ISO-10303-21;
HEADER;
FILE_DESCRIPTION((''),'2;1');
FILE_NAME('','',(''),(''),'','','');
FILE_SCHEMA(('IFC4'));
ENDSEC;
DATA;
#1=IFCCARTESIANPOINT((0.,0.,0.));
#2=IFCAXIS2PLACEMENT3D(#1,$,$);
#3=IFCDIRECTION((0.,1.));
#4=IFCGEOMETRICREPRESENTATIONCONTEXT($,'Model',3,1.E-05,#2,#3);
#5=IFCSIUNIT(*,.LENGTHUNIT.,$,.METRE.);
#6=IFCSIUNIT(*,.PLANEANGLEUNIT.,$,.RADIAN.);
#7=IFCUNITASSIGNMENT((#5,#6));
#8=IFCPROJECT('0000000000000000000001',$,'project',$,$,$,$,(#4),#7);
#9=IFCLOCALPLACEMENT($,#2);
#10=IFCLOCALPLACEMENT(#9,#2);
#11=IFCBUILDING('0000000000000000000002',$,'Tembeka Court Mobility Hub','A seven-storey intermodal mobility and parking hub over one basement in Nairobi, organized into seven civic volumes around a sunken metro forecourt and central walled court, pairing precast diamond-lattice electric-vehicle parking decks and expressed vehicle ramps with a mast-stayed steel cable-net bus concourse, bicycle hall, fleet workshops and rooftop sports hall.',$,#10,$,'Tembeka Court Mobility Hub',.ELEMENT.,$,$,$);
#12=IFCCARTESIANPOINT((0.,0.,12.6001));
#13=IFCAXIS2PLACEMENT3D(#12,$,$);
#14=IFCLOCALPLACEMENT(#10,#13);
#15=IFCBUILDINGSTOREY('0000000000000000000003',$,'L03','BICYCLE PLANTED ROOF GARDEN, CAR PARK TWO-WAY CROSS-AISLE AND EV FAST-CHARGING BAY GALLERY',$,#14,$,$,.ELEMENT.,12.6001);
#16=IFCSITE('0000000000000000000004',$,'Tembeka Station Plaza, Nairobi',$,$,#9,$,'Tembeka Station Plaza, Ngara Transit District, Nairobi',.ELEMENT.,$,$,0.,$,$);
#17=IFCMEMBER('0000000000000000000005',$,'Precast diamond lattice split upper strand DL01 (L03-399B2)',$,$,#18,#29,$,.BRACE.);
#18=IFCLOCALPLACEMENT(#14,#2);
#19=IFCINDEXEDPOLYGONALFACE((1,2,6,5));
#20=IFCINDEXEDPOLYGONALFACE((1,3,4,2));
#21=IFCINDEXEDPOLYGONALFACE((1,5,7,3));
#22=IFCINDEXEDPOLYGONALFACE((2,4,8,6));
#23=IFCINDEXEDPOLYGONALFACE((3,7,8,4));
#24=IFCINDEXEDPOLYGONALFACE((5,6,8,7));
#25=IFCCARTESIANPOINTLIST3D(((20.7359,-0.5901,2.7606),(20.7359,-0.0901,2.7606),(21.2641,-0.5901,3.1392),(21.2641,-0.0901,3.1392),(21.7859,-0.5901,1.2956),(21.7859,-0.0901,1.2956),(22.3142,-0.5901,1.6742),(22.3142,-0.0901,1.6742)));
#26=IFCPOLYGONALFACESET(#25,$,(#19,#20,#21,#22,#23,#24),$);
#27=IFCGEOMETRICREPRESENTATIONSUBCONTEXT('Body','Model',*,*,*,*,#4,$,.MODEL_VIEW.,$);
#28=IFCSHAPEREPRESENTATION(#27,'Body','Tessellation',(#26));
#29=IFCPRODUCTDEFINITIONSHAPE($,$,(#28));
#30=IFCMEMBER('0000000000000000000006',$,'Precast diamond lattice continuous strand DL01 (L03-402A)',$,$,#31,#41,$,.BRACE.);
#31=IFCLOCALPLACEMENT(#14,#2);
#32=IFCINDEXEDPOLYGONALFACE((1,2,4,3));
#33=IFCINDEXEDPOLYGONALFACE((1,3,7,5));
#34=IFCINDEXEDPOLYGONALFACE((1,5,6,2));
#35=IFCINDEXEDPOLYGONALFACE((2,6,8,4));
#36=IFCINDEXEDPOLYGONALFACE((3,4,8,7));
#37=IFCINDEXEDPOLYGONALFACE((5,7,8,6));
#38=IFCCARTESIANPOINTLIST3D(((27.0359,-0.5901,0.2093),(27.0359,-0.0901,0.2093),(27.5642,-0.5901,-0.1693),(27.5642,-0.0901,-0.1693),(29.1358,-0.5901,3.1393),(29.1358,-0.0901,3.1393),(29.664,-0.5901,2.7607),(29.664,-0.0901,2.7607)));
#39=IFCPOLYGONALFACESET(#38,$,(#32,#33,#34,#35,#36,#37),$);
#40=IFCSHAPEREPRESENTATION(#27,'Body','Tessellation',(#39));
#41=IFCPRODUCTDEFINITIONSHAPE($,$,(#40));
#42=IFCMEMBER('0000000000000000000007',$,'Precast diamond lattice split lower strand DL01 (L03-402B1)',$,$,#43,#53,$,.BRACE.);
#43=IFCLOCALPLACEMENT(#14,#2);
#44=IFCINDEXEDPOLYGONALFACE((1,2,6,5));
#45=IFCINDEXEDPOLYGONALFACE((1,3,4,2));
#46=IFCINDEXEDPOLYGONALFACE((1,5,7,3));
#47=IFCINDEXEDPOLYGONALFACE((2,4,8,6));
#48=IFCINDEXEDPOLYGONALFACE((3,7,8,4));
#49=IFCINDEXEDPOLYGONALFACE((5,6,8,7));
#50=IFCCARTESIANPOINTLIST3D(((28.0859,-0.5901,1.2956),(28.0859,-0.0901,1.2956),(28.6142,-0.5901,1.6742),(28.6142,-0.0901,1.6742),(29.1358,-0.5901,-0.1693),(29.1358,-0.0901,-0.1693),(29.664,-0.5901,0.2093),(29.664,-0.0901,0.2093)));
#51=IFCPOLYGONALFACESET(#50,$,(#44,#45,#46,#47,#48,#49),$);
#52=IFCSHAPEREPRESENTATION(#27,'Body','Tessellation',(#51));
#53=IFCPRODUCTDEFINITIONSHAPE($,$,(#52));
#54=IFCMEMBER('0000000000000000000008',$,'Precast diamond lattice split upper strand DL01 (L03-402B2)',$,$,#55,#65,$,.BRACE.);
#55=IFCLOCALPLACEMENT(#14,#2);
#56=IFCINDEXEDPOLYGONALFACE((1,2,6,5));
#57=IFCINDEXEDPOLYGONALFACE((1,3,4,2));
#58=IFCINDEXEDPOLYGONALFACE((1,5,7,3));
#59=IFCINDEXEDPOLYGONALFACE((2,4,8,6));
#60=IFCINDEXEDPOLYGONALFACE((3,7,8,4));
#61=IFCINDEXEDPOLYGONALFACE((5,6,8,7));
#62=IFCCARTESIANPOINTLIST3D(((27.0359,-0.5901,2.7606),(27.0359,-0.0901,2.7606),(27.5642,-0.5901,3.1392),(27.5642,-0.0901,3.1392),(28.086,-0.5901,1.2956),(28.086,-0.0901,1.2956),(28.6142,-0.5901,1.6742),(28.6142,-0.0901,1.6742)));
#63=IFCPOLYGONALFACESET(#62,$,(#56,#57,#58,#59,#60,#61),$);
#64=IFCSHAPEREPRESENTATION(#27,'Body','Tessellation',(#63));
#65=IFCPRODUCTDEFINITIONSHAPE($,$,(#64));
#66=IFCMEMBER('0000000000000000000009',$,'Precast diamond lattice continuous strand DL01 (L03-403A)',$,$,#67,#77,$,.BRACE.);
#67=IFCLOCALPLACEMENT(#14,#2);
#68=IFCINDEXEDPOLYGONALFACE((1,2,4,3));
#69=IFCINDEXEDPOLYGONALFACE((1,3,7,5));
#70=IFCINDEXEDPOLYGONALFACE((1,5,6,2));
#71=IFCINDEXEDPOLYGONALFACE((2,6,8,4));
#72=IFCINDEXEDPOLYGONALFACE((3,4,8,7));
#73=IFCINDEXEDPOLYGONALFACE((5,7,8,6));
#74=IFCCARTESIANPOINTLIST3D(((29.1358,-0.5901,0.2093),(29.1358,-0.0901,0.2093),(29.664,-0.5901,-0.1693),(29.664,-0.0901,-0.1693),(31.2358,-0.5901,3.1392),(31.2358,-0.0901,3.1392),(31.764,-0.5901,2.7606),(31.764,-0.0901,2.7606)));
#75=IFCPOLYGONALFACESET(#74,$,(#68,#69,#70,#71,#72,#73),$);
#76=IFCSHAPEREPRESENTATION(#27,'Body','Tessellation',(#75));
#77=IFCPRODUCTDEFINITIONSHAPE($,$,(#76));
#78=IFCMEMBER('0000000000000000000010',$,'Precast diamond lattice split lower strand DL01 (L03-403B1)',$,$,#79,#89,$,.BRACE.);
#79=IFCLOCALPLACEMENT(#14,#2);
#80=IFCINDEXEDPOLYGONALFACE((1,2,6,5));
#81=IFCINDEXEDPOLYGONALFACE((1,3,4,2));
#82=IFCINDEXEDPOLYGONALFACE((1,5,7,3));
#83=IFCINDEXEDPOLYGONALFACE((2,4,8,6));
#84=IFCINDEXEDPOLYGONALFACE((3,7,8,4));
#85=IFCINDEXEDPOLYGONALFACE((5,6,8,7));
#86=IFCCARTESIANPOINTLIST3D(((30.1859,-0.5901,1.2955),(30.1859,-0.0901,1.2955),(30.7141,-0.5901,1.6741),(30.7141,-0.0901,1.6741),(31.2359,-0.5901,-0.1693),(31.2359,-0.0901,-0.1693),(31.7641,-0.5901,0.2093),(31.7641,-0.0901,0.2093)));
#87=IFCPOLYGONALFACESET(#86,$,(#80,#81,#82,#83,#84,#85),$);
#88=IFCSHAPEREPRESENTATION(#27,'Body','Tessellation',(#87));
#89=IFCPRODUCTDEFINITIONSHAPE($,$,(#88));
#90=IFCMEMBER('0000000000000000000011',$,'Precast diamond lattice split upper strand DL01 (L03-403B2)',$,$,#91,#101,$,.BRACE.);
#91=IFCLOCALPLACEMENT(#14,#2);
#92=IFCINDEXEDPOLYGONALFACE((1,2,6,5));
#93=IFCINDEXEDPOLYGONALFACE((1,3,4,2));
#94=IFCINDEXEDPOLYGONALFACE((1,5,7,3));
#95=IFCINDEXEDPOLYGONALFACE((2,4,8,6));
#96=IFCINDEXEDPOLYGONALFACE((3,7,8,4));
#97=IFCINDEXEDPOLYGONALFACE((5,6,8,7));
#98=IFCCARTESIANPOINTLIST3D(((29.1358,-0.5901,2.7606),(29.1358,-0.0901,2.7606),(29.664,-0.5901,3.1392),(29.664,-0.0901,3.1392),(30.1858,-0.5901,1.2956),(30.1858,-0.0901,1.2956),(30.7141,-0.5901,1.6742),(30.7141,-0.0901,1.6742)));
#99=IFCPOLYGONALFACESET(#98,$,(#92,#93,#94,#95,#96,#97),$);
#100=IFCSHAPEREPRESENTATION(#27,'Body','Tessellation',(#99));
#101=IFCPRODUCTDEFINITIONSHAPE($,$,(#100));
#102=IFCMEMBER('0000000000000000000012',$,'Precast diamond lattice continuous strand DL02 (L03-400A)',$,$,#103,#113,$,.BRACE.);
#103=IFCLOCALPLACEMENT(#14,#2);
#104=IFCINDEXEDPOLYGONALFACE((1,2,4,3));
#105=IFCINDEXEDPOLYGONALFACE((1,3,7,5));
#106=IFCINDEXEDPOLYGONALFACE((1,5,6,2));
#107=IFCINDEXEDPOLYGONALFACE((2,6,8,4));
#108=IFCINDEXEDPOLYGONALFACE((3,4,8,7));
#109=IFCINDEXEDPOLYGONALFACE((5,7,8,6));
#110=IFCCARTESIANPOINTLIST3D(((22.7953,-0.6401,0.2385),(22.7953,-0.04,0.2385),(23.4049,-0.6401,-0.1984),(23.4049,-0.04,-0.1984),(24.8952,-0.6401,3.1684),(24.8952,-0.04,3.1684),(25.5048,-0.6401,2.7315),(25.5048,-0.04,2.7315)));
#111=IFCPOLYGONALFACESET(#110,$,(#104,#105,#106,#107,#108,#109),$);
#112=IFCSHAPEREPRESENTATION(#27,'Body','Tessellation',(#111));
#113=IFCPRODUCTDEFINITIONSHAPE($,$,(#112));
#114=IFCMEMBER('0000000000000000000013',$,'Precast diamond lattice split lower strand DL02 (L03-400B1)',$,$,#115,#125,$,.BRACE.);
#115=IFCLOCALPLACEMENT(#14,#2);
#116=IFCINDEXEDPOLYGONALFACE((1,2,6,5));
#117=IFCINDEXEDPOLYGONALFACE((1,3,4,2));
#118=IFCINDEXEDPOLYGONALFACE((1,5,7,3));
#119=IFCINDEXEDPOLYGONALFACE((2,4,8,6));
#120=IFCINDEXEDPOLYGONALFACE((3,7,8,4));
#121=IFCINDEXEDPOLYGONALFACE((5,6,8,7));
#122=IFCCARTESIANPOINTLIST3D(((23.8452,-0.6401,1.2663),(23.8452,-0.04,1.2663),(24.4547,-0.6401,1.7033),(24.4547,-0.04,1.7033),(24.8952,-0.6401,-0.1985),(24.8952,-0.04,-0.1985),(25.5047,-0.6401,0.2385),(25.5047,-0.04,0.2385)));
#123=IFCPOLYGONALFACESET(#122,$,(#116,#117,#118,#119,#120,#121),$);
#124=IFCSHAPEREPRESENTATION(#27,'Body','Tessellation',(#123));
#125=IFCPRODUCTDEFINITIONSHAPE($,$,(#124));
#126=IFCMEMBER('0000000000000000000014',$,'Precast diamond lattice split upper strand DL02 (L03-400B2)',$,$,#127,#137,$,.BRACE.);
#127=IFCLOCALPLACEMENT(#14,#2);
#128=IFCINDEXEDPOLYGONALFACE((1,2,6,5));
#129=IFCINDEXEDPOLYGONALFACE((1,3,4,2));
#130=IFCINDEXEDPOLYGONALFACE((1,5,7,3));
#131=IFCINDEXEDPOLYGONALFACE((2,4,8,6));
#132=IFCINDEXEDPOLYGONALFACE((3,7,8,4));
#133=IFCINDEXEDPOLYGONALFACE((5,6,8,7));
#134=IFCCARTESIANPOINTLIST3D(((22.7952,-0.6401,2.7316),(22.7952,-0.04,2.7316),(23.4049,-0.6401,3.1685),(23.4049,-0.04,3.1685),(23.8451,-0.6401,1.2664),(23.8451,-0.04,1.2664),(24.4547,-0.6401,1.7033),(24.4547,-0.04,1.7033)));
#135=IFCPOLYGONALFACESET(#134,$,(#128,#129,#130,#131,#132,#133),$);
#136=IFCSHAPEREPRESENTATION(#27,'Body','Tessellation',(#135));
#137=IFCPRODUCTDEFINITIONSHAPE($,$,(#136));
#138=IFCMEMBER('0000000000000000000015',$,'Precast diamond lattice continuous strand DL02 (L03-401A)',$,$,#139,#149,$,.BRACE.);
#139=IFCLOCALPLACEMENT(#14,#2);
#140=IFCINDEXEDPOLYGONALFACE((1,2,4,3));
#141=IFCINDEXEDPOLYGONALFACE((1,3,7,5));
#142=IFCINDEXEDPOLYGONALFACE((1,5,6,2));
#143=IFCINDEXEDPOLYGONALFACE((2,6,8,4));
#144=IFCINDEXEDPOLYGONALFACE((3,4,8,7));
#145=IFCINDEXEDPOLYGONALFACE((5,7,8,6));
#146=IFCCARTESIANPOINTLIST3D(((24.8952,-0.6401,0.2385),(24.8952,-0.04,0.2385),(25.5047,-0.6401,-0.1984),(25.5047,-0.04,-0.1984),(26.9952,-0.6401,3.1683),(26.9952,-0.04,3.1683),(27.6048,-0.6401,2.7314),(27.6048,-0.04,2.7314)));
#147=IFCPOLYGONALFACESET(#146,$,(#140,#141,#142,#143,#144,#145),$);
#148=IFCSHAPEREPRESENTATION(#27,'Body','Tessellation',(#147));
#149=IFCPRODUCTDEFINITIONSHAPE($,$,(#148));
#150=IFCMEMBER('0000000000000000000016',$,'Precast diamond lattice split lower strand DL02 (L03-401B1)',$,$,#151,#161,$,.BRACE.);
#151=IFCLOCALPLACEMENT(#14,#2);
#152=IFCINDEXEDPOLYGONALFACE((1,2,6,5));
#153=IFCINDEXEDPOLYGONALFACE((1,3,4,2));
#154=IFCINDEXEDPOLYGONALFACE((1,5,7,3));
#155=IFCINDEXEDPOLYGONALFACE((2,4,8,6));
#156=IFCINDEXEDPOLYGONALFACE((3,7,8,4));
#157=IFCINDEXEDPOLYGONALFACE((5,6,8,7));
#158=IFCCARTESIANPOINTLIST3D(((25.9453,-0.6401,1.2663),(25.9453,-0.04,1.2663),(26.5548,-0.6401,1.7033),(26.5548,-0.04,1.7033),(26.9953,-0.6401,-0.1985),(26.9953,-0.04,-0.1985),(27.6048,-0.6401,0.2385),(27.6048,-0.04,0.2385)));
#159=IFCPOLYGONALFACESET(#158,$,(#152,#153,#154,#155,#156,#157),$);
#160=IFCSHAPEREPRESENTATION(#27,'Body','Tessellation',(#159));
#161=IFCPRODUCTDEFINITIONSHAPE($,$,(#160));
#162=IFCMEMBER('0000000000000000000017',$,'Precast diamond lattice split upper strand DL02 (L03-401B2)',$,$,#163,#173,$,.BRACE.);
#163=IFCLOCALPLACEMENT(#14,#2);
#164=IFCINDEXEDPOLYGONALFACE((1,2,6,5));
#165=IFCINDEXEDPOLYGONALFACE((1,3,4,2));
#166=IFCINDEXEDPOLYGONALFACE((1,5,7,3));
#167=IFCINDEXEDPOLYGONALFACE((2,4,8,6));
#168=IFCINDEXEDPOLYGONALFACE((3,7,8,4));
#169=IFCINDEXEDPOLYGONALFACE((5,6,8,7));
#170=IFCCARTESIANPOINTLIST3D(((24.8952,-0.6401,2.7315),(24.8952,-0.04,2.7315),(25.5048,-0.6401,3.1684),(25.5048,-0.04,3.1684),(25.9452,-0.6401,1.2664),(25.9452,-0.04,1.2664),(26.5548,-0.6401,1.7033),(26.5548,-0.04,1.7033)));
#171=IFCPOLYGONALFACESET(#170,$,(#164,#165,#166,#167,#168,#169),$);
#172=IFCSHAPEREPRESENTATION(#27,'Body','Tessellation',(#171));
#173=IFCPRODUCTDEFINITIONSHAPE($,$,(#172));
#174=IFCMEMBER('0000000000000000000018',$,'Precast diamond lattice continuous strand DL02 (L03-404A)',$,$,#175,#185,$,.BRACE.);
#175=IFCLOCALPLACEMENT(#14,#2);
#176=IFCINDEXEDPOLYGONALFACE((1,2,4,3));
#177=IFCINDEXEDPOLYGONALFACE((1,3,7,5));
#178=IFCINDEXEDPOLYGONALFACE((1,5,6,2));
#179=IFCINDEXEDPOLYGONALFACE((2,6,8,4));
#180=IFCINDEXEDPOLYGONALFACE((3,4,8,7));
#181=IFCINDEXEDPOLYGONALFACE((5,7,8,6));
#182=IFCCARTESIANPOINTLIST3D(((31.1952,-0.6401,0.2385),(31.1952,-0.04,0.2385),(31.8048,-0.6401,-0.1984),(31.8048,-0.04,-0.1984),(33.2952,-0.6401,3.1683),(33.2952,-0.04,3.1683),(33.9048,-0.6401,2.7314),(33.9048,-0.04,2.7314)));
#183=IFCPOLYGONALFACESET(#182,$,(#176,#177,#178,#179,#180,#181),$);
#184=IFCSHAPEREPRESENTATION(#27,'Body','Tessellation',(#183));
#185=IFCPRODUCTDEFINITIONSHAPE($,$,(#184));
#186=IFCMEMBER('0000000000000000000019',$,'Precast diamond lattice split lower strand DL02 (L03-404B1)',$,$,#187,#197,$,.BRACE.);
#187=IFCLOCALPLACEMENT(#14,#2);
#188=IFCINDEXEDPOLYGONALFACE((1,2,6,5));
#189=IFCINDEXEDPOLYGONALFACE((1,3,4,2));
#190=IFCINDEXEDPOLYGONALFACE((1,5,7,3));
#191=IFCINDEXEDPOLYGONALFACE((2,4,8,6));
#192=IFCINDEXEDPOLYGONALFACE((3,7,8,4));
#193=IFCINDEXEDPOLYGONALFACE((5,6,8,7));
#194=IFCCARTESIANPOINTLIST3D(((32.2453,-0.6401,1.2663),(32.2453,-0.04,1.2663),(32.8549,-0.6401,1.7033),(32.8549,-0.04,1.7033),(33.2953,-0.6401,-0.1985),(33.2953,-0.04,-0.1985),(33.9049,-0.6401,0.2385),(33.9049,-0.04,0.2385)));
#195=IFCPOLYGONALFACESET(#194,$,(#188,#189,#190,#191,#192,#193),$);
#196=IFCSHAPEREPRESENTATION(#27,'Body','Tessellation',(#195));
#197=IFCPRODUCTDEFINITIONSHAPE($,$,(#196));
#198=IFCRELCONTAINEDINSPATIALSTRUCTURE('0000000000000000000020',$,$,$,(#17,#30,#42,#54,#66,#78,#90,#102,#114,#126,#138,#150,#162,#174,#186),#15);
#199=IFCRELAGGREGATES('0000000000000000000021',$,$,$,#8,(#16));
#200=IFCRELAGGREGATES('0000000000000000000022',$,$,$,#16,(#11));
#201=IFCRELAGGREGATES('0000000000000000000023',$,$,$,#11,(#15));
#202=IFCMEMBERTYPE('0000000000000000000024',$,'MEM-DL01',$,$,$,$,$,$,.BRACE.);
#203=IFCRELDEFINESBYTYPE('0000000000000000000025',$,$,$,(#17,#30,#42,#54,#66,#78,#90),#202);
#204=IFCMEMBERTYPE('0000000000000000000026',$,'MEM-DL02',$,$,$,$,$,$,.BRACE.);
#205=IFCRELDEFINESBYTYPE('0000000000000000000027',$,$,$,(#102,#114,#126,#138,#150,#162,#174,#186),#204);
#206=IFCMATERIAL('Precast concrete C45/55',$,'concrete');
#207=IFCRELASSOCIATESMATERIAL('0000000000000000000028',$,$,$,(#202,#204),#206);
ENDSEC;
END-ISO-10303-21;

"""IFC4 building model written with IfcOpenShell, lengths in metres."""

from ifc_helpers import new_model, si_unit, direction, frame, origin, origin_2d, place, context, subcontext, project, spatial, rectangle, extrude, material, material_profile, profile_set, type_object, element, save


model = new_model("IFC4")

# Units and contexts
model_context = context("Model", 3, precision=1e-05, world=origin(), true_north=direction((0.0, 1.0)))
body_context = subcontext(model_context, "Body", "Model", "MODEL_VIEW")
ifc_project = project(units=[si_unit("LENGTHUNIT", "METRE"), si_unit("PLANEANGLEUNIT", "RADIAN")], contexts=[model_context])

# Site, building, storey
site_placement = place(None, origin())
site = spatial("IfcSite", under=ifc_project, at=site_placement, Name="Tembeka Station Plaza, Nairobi", LongName="Tembeka Station Plaza, Ngara Transit District, Nairobi", CompositionType="ELEMENT", RefElevation=0.0)
building_placement = place(site_placement, origin())
building = spatial("IfcBuilding", under=site, at=building_placement, Name="Tembeka Court Mobility Hub", Description="A seven-storey intermodal mobility and parking hub over one basement in Nairobi, organized into seven civic volumes around a sunken metro forecourt and central walled court, pairing precast diamond-lattice electric-vehicle parking decks and expressed vehicle ramps with a mast-stayed steel cable-net bus concourse, bicycle hall, fleet workshops and rooftop sports hall.", LongName="Tembeka Court Mobility Hub", CompositionType="ELEMENT")
storey_placement = place(building_placement, frame((0.0, 0.0, 12.6001)))
storey = spatial("IfcBuildingStorey", under=building, at=storey_placement, Name="L03", Description="BICYCLE PLANTED ROOF GARDEN, CAR PARK TWO-WAY CROSS-AISLE AND EV FAST-CHARGING BAY GALLERY", CompositionType="ELEMENT", Elevation=12.6001)

# Shared definitions
ifc_material_1 = material(Name="Precast concrete C45/55", Category="concrete")

# Members
ifc_material_profile_1 = material_profile(ifc_material_1, rectangle(XDim=0.5, YDim=0.6499, at=origin_2d()), Name="PC-DIAG 500x650")
ifc_profile_set_1 = profile_set([ifc_material_profile_1], Name="Precast concrete C45/55")
member_type_1 = type_object("IfcMemberType", Name="MEM-DL01", PredefinedType="BRACE", material=ifc_profile_set_1)
member_1_placement = place(storey_placement, frame((22.05, -0.3401, 1.4849), z_axis=(-0.582544, 0.0, 0.812799), x_axis=(0.0, -1.0, 0.0)))
element("IfcMember", 1, at=member_1_placement, inside=storey, type_object=member_type_1, Name="Precast diamond lattice split upper strand DL01 (L03-399B2)", PredefinedType="BRACE", context=body_context, shape_type="SweptSolid", body=[
    extrude(rectangle(XDim=0.5, YDim=0.6499, at=origin_2d()), origin(), (0.0, 0.0, 1.0), 1.8025),
])
member_2_placement = place(storey_placement, frame((27.3, -0.3401, 0.02), z_axis=(0.582532, 0.0, 0.812808), x_axis=(0.0, 1.0, 0.0)))
element("IfcMember", 2, at=member_2_placement, inside=storey, type_object=member_type_1, Name="Precast diamond lattice continuous strand DL01 (L03-402A)", PredefinedType="BRACE", context=body_context, shape_type="SweptSolid", body=[
    extrude(rectangle(XDim=0.5, YDim=0.6499, at=origin_2d()), origin(), (0.0, 0.0, 1.0), 3.6047),
])
member_3_placement = place(storey_placement, frame((29.3999, -0.3401, 0.02), z_axis=(-0.582519, 0.0, 0.812817), x_axis=(0.0, -1.0, 0.0)))
element("IfcMember", 3, at=member_3_placement, inside=storey, type_object=member_type_1, Name="Precast diamond lattice split lower strand DL01 (L03-402B1)", PredefinedType="BRACE", context=body_context, shape_type="SweptSolid", body=[
    extrude(rectangle(XDim=0.5, YDim=0.6499, at=origin_2d()), origin(), (0.0, 0.0, 1.0), 1.8022),
])
member_4_placement = place(storey_placement, frame((28.3501, -0.3401, 1.4849), z_axis=(-0.582544, 0.0, 0.812799), x_axis=(0.0, -1.0, 0.0)))
element("IfcMember", 4, at=member_4_placement, inside=storey, type_object=member_type_1, Name="Precast diamond lattice split upper strand DL01 (L03-402B2)", PredefinedType="BRACE", context=body_context, shape_type="SweptSolid", body=[
    extrude(rectangle(XDim=0.5, YDim=0.6499, at=origin_2d()), origin(), (0.0, 0.0, 1.0), 1.8025),
])
member_5_placement = place(storey_placement, frame((29.3999, -0.3401, 0.02), z_axis=(0.582576, 0.0, 0.812776), x_axis=(0.0, 1.0, 0.0)))
element("IfcMember", 5, at=member_5_placement, inside=storey, type_object=member_type_1, Name="Precast diamond lattice continuous strand DL01 (L03-403A)", PredefinedType="BRACE", context=body_context, shape_type="SweptSolid", body=[
    extrude(rectangle(XDim=0.5, YDim=0.6499, at=origin_2d()), origin(), (0.0, 0.0, 1.0), 3.6047),
])
member_6_placement = place(storey_placement, frame((31.5, -0.3401, 0.02), z_axis=(-0.582608, 0.0, 0.812753), x_axis=(0.0, -1.0, 0.0)))
element("IfcMember", 6, at=member_6_placement, inside=storey, type_object=member_type_1, Name="Precast diamond lattice split lower strand DL01 (L03-403B1)", PredefinedType="BRACE", context=body_context, shape_type="SweptSolid", body=[
    extrude(rectangle(XDim=0.5, YDim=0.6499, at=origin_2d()), origin(), (0.0, 0.0, 1.0), 1.8022),
])
member_7_placement = place(storey_placement, frame((30.45, -0.3401, 1.4849), z_axis=(-0.582544, 0.0, 0.812799), x_axis=(0.0, -1.0, 0.0)))
element("IfcMember", 7, at=member_7_placement, inside=storey, type_object=member_type_1, Name="Precast diamond lattice split upper strand DL01 (L03-403B2)", PredefinedType="BRACE", context=body_context, shape_type="SweptSolid", body=[
    extrude(rectangle(XDim=0.5, YDim=0.6499, at=origin_2d()), origin(), (0.0, 0.0, 1.0), 1.8025),
])
ifc_material_profile_2 = material_profile(ifc_material_1, rectangle(XDim=0.6001, YDim=0.75, at=origin_2d()), Name="PC-DIAG 600x750")
ifc_profile_set_2 = profile_set([ifc_material_profile_2], Name="Precast concrete C45/55")
member_type_2 = type_object("IfcMemberType", Name="MEM-DL02", PredefinedType="BRACE", material=ifc_profile_set_2)
member_8_placement = place(storey_placement, frame((23.1001, -0.3401, 0.02), z_axis=(0.582532, 0.0, 0.812808), x_axis=(0.0, 1.0, 0.0)))
element("IfcMember", 8, at=member_8_placement, inside=storey, type_object=member_type_2, Name="Precast diamond lattice continuous strand DL02 (L03-400A)", PredefinedType="BRACE", context=body_context, shape_type="SweptSolid", body=[
    extrude(rectangle(XDim=0.6001, YDim=0.75, at=origin_2d()), origin(), (0.0, 0.0, 1.0), 3.6047),
])
member_9_placement = place(storey_placement, frame((25.2, -0.3401, 0.02), z_axis=(-0.582608, 0.0, 0.812753), x_axis=(0.0, -1.0, 0.0)))
element("IfcMember", 9, at=member_9_placement, inside=storey, type_object=member_type_2, Name="Precast diamond lattice split lower strand DL02 (L03-400B1)", PredefinedType="BRACE", context=body_context, shape_type="SweptSolid", body=[
    extrude(rectangle(XDim=0.6001, YDim=0.75, at=origin_2d()), origin(), (0.0, 0.0, 1.0), 1.8022),
])
member_10_placement = place(storey_placement, frame((24.1499, -0.3401, 1.4849), z_axis=(-0.582455, 0.0, 0.812863), x_axis=(0.0, -1.0, 0.0)))
element("IfcMember", 10, at=member_10_placement, inside=storey, type_object=member_type_2, Name="Precast diamond lattice split upper strand DL02 (L03-400B2)", PredefinedType="BRACE", context=body_context, shape_type="SweptSolid", body=[
    extrude(rectangle(XDim=0.6001, YDim=0.75, at=origin_2d()), origin(), (0.0, 0.0, 1.0), 1.8025),
])
member_11_placement = place(storey_placement, frame((25.2, -0.3401, 0.02), z_axis=(0.582576, 0.0, 0.812776), x_axis=(0.0, 1.0, 0.0)))
element("IfcMember", 11, at=member_11_placement, inside=storey, type_object=member_type_2, Name="Precast diamond lattice continuous strand DL02 (L03-401A)", PredefinedType="BRACE", context=body_context, shape_type="SweptSolid", body=[
    extrude(rectangle(XDim=0.6001, YDim=0.75, at=origin_2d()), origin(), (0.0, 0.0, 1.0), 3.6047),
])
member_12_placement = place(storey_placement, frame((27.3, -0.3401, 0.02), z_axis=(-0.582608, 0.0, 0.812753), x_axis=(0.0, -1.0, 0.0)))
element("IfcMember", 12, at=member_12_placement, inside=storey, type_object=member_type_2, Name="Precast diamond lattice split lower strand DL02 (L03-401B1)", PredefinedType="BRACE", context=body_context, shape_type="SweptSolid", body=[
    extrude(rectangle(XDim=0.6001, YDim=0.75, at=origin_2d()), origin(), (0.0, 0.0, 1.0), 1.8022),
])
member_13_placement = place(storey_placement, frame((26.25, -0.3401, 1.4849), z_axis=(-0.582544, 0.0, 0.812799), x_axis=(0.0, -1.0, 0.0)))
element("IfcMember", 13, at=member_13_placement, inside=storey, type_object=member_type_2, Name="Precast diamond lattice split upper strand DL02 (L03-401B2)", PredefinedType="BRACE", context=body_context, shape_type="SweptSolid", body=[
    extrude(rectangle(XDim=0.6001, YDim=0.75, at=origin_2d()), origin(), (0.0, 0.0, 1.0), 1.8025),
])
member_14_placement = place(storey_placement, frame((31.5, -0.3401, 0.02), z_axis=(0.582576, 0.0, 0.812776), x_axis=(0.0, 1.0, 0.0)))
element("IfcMember", 14, at=member_14_placement, inside=storey, type_object=member_type_2, Name="Precast diamond lattice continuous strand DL02 (L03-404A)", PredefinedType="BRACE", context=body_context, shape_type="SweptSolid", body=[
    extrude(rectangle(XDim=0.6001, YDim=0.75, at=origin_2d()), origin(), (0.0, 0.0, 1.0), 3.6047),
])
member_15_placement = place(storey_placement, frame((33.6001, -0.3401, 0.02), z_axis=(-0.582608, 0.0, 0.812753), x_axis=(0.0, -1.0, 0.0)))
element("IfcMember", 15, at=member_15_placement, inside=storey, type_object=member_type_2, Name="Precast diamond lattice split lower strand DL02 (L03-404B1)", PredefinedType="BRACE", context=body_context, shape_type="SweptSolid", body=[
    extrude(rectangle(XDim=0.6001, YDim=0.75, at=origin_2d()), origin(), (0.0, 0.0, 1.0), 1.8022),
])

save(model, "model.ifc")
